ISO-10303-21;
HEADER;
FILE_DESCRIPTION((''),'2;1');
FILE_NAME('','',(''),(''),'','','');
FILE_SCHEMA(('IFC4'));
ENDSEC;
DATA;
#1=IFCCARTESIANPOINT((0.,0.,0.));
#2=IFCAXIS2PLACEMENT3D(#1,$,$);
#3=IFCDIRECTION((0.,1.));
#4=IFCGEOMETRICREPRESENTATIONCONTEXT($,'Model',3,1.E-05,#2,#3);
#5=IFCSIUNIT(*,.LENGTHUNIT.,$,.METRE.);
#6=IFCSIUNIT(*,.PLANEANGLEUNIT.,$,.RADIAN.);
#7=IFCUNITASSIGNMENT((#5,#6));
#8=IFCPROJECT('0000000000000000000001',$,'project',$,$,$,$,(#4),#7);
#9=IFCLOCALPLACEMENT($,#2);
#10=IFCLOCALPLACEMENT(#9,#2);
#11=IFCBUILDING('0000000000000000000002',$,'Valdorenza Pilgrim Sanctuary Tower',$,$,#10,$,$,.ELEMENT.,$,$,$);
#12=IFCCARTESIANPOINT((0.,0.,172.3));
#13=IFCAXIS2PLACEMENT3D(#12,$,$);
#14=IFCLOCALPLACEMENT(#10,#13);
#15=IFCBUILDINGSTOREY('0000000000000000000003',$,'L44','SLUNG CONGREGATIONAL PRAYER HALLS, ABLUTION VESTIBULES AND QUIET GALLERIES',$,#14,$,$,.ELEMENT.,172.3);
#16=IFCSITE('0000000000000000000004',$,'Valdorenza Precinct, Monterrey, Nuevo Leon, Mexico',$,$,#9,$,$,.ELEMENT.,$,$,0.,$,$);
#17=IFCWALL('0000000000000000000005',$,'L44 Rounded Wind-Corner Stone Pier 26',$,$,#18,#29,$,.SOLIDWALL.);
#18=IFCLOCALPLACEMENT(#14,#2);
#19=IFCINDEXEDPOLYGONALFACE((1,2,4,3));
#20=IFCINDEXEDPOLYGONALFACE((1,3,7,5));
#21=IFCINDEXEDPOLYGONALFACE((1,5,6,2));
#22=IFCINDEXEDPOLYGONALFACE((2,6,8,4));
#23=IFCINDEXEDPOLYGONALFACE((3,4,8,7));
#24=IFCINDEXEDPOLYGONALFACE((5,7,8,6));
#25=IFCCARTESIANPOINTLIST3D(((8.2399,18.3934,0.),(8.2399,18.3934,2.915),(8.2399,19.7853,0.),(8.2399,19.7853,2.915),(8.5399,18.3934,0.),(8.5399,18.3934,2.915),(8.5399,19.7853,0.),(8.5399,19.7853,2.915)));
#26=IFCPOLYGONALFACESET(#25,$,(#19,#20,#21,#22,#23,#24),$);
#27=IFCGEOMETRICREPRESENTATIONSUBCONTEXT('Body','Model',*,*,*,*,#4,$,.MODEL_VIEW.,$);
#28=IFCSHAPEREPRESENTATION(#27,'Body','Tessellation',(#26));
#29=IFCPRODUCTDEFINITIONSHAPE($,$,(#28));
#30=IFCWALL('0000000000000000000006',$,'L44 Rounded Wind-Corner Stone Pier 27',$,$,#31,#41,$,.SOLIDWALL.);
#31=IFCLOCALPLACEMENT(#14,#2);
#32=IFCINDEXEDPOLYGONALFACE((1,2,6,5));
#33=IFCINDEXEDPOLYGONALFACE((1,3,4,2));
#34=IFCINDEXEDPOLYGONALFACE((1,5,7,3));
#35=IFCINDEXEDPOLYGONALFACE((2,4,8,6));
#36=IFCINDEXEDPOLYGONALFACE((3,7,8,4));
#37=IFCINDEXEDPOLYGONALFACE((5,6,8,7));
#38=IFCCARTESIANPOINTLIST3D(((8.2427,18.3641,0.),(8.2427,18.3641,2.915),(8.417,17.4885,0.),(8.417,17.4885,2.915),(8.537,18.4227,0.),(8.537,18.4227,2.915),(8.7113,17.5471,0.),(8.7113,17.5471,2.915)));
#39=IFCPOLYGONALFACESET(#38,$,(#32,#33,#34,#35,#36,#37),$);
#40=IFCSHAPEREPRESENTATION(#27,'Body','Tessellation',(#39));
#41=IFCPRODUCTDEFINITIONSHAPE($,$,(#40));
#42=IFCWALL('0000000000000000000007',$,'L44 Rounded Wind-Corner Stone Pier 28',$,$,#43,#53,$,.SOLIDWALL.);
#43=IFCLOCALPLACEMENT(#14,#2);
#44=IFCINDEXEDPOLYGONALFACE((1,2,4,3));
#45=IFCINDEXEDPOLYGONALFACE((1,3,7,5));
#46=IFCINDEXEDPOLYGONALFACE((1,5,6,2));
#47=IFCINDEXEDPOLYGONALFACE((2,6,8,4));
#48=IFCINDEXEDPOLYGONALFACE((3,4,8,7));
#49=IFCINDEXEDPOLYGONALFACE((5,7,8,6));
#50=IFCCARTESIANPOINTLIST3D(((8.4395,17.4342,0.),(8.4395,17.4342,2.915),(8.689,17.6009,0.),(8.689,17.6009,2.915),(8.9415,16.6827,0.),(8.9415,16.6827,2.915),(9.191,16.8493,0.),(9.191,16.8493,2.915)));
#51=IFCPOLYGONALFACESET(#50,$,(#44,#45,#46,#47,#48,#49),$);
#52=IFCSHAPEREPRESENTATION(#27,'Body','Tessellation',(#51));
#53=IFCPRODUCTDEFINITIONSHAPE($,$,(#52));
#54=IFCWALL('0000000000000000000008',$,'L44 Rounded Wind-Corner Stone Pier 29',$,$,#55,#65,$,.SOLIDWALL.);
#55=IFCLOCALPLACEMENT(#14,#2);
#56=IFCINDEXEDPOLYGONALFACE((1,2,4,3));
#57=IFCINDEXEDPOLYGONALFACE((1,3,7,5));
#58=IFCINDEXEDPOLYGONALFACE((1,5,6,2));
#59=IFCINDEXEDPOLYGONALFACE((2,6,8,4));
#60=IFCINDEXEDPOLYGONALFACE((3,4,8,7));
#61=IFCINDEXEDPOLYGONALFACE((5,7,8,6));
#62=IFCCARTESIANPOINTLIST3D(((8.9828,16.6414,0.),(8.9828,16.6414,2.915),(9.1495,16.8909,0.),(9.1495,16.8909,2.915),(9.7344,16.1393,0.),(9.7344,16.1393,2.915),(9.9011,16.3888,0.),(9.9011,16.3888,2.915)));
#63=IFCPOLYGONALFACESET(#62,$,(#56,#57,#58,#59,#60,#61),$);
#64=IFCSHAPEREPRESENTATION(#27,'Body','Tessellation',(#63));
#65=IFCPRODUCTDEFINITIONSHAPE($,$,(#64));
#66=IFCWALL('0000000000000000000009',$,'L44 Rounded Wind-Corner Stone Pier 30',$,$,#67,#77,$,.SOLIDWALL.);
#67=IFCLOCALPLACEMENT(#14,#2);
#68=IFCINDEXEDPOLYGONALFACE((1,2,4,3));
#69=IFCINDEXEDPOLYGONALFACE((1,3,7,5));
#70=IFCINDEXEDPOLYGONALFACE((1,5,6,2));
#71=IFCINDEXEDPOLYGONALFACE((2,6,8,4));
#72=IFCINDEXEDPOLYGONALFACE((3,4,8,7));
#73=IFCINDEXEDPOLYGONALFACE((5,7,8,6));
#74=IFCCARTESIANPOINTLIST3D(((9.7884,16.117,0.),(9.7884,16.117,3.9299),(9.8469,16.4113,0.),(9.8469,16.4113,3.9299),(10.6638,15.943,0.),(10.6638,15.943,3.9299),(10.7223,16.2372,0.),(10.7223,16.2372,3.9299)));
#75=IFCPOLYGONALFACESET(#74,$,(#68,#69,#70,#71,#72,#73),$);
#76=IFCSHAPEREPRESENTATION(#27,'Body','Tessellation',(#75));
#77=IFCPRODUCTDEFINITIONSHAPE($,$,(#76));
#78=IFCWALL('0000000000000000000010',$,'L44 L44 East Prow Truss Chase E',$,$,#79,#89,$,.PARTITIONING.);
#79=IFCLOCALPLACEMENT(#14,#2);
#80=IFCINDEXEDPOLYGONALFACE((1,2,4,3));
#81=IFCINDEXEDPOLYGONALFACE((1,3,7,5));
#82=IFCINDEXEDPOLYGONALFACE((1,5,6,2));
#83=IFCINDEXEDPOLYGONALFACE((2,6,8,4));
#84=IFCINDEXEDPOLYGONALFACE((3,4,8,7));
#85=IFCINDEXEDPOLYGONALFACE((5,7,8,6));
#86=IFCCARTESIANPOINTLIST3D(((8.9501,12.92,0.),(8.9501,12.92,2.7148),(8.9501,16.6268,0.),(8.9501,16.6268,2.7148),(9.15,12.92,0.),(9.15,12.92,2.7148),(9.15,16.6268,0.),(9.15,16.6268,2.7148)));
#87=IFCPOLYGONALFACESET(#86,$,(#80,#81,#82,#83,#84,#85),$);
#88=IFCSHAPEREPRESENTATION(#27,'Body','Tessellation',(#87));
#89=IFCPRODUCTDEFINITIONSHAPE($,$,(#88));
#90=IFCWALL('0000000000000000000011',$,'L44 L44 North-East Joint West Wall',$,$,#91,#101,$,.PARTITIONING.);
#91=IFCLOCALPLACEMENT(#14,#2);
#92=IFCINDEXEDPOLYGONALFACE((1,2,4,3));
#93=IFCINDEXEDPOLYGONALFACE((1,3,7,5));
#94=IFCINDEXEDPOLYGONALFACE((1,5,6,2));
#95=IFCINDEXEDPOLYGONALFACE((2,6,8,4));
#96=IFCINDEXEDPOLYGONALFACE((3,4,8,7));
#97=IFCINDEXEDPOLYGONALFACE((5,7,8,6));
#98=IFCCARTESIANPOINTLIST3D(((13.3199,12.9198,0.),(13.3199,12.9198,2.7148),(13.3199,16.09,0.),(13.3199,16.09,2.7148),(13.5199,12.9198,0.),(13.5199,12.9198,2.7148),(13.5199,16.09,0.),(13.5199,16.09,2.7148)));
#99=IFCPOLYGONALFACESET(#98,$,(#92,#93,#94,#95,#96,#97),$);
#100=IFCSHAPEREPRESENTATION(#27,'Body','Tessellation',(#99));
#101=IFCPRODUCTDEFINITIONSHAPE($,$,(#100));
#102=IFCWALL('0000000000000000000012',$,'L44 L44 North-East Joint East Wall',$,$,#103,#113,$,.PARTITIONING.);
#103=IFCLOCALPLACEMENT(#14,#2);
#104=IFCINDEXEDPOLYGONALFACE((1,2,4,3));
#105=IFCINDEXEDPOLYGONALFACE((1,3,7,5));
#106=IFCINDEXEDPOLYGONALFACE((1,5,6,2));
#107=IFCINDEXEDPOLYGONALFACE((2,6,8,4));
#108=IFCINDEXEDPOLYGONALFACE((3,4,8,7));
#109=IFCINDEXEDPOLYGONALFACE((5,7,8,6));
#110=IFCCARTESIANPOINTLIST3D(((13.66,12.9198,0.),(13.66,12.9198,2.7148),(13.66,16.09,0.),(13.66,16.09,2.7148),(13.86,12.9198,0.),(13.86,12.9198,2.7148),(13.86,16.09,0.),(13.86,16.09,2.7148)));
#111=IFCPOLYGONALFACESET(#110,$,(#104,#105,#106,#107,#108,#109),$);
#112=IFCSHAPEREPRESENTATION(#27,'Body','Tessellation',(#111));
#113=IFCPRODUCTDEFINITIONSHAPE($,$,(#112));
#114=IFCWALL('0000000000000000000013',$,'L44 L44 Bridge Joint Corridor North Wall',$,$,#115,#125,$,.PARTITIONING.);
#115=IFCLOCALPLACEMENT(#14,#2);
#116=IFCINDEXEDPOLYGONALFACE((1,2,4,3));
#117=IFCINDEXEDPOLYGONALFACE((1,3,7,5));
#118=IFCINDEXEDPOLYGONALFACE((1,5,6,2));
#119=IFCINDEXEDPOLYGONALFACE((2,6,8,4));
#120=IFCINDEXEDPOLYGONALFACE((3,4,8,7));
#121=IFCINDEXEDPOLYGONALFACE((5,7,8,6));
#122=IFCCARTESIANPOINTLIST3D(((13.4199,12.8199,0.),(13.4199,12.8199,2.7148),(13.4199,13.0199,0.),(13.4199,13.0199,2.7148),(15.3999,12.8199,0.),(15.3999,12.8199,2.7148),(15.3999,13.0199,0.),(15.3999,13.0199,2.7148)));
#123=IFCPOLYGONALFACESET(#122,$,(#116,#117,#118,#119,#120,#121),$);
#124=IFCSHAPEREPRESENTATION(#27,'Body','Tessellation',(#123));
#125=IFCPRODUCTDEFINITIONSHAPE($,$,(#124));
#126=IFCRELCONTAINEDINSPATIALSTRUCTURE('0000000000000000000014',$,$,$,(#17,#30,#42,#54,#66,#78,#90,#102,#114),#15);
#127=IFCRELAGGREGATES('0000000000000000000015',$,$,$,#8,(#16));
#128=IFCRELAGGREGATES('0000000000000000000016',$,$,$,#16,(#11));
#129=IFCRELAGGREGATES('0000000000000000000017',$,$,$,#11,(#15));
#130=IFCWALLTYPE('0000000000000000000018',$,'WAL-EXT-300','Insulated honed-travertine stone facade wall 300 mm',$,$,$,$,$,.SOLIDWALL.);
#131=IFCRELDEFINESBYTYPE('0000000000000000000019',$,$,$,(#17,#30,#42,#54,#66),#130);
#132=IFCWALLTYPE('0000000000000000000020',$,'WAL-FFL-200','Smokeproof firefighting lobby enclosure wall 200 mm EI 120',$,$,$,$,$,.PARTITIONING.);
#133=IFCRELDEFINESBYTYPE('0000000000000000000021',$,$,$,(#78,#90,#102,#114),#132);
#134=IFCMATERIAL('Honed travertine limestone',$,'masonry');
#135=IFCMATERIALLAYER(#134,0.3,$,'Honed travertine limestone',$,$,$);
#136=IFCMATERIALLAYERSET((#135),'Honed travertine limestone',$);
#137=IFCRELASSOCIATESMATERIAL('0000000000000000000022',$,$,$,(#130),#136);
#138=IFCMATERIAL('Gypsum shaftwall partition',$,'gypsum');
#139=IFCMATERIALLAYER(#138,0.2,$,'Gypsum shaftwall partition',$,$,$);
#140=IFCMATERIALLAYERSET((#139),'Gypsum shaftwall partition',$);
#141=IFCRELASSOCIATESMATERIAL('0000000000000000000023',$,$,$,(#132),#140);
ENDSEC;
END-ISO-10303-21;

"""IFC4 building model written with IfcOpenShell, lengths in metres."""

from ifc_helpers import new_model, si_unit, direction, frame, frame_2d, origin, place, context, subcontext, project, spatial, rectangle, extrude, material, layer, layer_set, type_object, element, save


model = new_model("IFC4")

# Units and contexts
model_context = context("Model", 3, precision=1e-05, world=origin(), true_north=direction((0.0, 1.0)))
body_context = subcontext(model_context, "Body", "Model", "MODEL_VIEW")
ifc_project = project(units=[si_unit("LENGTHUNIT", "METRE"), si_unit("PLANEANGLEUNIT", "RADIAN")], contexts=[model_context])

# Site, building, storey
site_placement = place(None, origin())
site = spatial("IfcSite", under=ifc_project, at=site_placement, Name="Valdorenza Precinct, Monterrey, Nuevo Leon, Mexico", CompositionType="ELEMENT", RefElevation=0.0)
building_placement = place(site_placement, origin())
building = spatial("IfcBuilding", under=site, at=building_placement, Name="Valdorenza Pilgrim Sanctuary Tower", CompositionType="ELEMENT")
storey_placement = place(building_placement, frame((0.0, 0.0, 172.3)))
storey = spatial("IfcBuildingStorey", under=building, at=storey_placement, Name="L44", Description="SLUNG CONGREGATIONAL PRAYER HALLS, ABLUTION VESTIBULES AND QUIET GALLERIES", CompositionType="ELEMENT", Elevation=172.3)

# Shared definitions
ifc_material_1 = material(Name="Honed travertine limestone", Category="masonry")

# Walls
ifc_layer_1 = layer(ifc_material_1, 0.3, Name="Honed travertine limestone")
ifc_layer_set_1 = layer_set([ifc_layer_1], Name="Honed travertine limestone")
wall_type_1 = type_object("IfcWallType", Name="WAL-EXT-300", Description="Insulated honed-travertine stone facade wall 300 mm", PredefinedType="SOLIDWALL", material=ifc_layer_set_1)
wall_1_placement = place(storey_placement, frame((8.3899, 19.7852, 0.0), z_axis=(0.0, 0.0, 1.0), x_axis=(0.0, -1.0, 0.0)))
element("IfcWall", 1, at=wall_1_placement, inside=storey, type_object=wall_type_1, Name="L44 Rounded Wind-Corner Stone Pier 26", PredefinedType="SOLIDWALL", context=body_context, shape_type="SweptSolid", body=[
    extrude(rectangle(XDim=1.3918, YDim=0.3, at=frame_2d((0.6958, 0.0))), origin(), (0.0, 0.0, 1.0), 2.915),
])
wall_2_placement = place(storey_placement, frame((8.3899, 18.3933, 0.0), z_axis=(0.0, 0.0, 1.0), x_axis=(0.195222, -0.980759, 0.0)))
element("IfcWall", 2, at=wall_2_placement, inside=storey, type_object=wall_type_1, Name="L44 Rounded Wind-Corner Stone Pier 27", PredefinedType="SOLIDWALL", context=body_context, shape_type="SweptSolid", body=[
    extrude(rectangle(XDim=0.8928, YDim=0.3, at=frame_2d((0.4463, 0.0))), origin(), (0.0, 0.0, 1.0), 2.915),
])
for number, where, z_axis, x_axis, name in (
    (3, (8.5642, 17.5176, 0.0), (0.0, 0.0, 1.0), (0.555448, -0.831551, 0.0), "L44 Rounded Wind-Corner Stone Pier 28"),
    (4, (9.0662, 16.7661, 0.0), (0.0, 0.0, 1.0), (0.831551, -0.555448, 0.0), "L44 Rounded Wind-Corner Stone Pier 29"),
):
    element("IfcWall", number, at=place(storey_placement, frame(where, z_axis=z_axis, x_axis=x_axis)), inside=storey, type_object=wall_type_1, Name=name, PredefinedType="SOLIDWALL", context=body_context, shape_type="SweptSolid", body=[
        extrude(rectangle(XDim=0.9038, YDim=0.3, at=frame_2d((0.4519, 0.0))), origin(), (0.0, 0.0, 1.0), 2.915),
    ])
wall_3_placement = place(storey_placement, frame((9.8176, 16.2642, 0.0), z_axis=(0.0, 0.0, 1.0), x_axis=(0.980801, -0.195011, 0.0)))
element("IfcWall", 5, at=wall_3_placement, inside=storey, type_object=wall_type_1, Name="L44 Rounded Wind-Corner Stone Pier 30", PredefinedType="SOLIDWALL", context=body_context, shape_type="SweptSolid", body=[
    extrude(rectangle(XDim=0.8926, YDim=0.3, at=frame_2d((0.4463, 0.0))), origin(), (0.0, 0.0, 1.0), 3.9299),
])
ifc_material_2 = material(Name="Gypsum shaftwall partition", Category="gypsum")
ifc_layer_2 = layer(ifc_material_2, 0.2, Name="Gypsum shaftwall partition")
ifc_layer_set_2 = layer_set([ifc_layer_2], Name="Gypsum shaftwall partition")
wall_type_2 = type_object("IfcWallType", Name="WAL-FFL-200", Description="Smokeproof firefighting lobby enclosure wall 200 mm EI 120", PredefinedType="PARTITIONING", material=ifc_layer_set_2)
wall_4_placement = place(storey_placement, frame((9.05, 12.9199, 0.0), z_axis=(0.0, 0.0, 1.0), x_axis=(0.0, 1.0, 0.0)))
element("IfcWall", 6, at=wall_4_placement, inside=storey, type_object=wall_type_2, Name="L44 L44 East Prow Truss Chase E", PredefinedType="PARTITIONING", context=body_context, shape_type="SweptSolid", body=[
    extrude(rectangle(XDim=3.7068, YDim=0.2, at=frame_2d((1.8535, 0.0))), origin(), (0.0, 0.0, 1.0), 2.7148),
])
for number, where, z_axis, x_axis, name in (
    (7, (13.4199, 12.9199, 0.0), (0.0, 0.0, 1.0), (0.0, 1.0, 0.0), "L44 L44 North-East Joint West Wall"),
    (8, (13.76, 12.9199, 0.0), (0.0, 0.0, 1.0), (0.0, 1.0, 0.0), "L44 L44 North-East Joint East Wall"),
):
    element("IfcWall", number, at=place(storey_placement, frame(where, z_axis=z_axis, x_axis=x_axis)), inside=storey, type_object=wall_type_2, Name=name, PredefinedType="PARTITIONING", context=body_context, shape_type="SweptSolid", body=[
        extrude(rectangle(XDim=3.1702, YDim=0.2, at=frame_2d((1.585, 0.0))), origin(), (0.0, 0.0, 1.0), 2.7148),
    ])
wall_5_placement = place(storey_placement, frame((13.4199, 12.9199, 0.0), z_axis=(0.0, 0.0, 1.0), x_axis=(1.0, 0.0, 0.0)))
element("IfcWall", 9, at=wall_5_placement, inside=storey, type_object=wall_type_2, Name="L44 L44 Bridge Joint Corridor North Wall", PredefinedType="PARTITIONING", context=body_context, shape_type="SweptSolid", body=[
    extrude(rectangle(XDim=1.98, YDim=0.2, at=frame_2d((0.99, 0.0))), origin(), (0.0, 0.0, 1.0), 2.7148),
])

save(model, "model.ifc")
